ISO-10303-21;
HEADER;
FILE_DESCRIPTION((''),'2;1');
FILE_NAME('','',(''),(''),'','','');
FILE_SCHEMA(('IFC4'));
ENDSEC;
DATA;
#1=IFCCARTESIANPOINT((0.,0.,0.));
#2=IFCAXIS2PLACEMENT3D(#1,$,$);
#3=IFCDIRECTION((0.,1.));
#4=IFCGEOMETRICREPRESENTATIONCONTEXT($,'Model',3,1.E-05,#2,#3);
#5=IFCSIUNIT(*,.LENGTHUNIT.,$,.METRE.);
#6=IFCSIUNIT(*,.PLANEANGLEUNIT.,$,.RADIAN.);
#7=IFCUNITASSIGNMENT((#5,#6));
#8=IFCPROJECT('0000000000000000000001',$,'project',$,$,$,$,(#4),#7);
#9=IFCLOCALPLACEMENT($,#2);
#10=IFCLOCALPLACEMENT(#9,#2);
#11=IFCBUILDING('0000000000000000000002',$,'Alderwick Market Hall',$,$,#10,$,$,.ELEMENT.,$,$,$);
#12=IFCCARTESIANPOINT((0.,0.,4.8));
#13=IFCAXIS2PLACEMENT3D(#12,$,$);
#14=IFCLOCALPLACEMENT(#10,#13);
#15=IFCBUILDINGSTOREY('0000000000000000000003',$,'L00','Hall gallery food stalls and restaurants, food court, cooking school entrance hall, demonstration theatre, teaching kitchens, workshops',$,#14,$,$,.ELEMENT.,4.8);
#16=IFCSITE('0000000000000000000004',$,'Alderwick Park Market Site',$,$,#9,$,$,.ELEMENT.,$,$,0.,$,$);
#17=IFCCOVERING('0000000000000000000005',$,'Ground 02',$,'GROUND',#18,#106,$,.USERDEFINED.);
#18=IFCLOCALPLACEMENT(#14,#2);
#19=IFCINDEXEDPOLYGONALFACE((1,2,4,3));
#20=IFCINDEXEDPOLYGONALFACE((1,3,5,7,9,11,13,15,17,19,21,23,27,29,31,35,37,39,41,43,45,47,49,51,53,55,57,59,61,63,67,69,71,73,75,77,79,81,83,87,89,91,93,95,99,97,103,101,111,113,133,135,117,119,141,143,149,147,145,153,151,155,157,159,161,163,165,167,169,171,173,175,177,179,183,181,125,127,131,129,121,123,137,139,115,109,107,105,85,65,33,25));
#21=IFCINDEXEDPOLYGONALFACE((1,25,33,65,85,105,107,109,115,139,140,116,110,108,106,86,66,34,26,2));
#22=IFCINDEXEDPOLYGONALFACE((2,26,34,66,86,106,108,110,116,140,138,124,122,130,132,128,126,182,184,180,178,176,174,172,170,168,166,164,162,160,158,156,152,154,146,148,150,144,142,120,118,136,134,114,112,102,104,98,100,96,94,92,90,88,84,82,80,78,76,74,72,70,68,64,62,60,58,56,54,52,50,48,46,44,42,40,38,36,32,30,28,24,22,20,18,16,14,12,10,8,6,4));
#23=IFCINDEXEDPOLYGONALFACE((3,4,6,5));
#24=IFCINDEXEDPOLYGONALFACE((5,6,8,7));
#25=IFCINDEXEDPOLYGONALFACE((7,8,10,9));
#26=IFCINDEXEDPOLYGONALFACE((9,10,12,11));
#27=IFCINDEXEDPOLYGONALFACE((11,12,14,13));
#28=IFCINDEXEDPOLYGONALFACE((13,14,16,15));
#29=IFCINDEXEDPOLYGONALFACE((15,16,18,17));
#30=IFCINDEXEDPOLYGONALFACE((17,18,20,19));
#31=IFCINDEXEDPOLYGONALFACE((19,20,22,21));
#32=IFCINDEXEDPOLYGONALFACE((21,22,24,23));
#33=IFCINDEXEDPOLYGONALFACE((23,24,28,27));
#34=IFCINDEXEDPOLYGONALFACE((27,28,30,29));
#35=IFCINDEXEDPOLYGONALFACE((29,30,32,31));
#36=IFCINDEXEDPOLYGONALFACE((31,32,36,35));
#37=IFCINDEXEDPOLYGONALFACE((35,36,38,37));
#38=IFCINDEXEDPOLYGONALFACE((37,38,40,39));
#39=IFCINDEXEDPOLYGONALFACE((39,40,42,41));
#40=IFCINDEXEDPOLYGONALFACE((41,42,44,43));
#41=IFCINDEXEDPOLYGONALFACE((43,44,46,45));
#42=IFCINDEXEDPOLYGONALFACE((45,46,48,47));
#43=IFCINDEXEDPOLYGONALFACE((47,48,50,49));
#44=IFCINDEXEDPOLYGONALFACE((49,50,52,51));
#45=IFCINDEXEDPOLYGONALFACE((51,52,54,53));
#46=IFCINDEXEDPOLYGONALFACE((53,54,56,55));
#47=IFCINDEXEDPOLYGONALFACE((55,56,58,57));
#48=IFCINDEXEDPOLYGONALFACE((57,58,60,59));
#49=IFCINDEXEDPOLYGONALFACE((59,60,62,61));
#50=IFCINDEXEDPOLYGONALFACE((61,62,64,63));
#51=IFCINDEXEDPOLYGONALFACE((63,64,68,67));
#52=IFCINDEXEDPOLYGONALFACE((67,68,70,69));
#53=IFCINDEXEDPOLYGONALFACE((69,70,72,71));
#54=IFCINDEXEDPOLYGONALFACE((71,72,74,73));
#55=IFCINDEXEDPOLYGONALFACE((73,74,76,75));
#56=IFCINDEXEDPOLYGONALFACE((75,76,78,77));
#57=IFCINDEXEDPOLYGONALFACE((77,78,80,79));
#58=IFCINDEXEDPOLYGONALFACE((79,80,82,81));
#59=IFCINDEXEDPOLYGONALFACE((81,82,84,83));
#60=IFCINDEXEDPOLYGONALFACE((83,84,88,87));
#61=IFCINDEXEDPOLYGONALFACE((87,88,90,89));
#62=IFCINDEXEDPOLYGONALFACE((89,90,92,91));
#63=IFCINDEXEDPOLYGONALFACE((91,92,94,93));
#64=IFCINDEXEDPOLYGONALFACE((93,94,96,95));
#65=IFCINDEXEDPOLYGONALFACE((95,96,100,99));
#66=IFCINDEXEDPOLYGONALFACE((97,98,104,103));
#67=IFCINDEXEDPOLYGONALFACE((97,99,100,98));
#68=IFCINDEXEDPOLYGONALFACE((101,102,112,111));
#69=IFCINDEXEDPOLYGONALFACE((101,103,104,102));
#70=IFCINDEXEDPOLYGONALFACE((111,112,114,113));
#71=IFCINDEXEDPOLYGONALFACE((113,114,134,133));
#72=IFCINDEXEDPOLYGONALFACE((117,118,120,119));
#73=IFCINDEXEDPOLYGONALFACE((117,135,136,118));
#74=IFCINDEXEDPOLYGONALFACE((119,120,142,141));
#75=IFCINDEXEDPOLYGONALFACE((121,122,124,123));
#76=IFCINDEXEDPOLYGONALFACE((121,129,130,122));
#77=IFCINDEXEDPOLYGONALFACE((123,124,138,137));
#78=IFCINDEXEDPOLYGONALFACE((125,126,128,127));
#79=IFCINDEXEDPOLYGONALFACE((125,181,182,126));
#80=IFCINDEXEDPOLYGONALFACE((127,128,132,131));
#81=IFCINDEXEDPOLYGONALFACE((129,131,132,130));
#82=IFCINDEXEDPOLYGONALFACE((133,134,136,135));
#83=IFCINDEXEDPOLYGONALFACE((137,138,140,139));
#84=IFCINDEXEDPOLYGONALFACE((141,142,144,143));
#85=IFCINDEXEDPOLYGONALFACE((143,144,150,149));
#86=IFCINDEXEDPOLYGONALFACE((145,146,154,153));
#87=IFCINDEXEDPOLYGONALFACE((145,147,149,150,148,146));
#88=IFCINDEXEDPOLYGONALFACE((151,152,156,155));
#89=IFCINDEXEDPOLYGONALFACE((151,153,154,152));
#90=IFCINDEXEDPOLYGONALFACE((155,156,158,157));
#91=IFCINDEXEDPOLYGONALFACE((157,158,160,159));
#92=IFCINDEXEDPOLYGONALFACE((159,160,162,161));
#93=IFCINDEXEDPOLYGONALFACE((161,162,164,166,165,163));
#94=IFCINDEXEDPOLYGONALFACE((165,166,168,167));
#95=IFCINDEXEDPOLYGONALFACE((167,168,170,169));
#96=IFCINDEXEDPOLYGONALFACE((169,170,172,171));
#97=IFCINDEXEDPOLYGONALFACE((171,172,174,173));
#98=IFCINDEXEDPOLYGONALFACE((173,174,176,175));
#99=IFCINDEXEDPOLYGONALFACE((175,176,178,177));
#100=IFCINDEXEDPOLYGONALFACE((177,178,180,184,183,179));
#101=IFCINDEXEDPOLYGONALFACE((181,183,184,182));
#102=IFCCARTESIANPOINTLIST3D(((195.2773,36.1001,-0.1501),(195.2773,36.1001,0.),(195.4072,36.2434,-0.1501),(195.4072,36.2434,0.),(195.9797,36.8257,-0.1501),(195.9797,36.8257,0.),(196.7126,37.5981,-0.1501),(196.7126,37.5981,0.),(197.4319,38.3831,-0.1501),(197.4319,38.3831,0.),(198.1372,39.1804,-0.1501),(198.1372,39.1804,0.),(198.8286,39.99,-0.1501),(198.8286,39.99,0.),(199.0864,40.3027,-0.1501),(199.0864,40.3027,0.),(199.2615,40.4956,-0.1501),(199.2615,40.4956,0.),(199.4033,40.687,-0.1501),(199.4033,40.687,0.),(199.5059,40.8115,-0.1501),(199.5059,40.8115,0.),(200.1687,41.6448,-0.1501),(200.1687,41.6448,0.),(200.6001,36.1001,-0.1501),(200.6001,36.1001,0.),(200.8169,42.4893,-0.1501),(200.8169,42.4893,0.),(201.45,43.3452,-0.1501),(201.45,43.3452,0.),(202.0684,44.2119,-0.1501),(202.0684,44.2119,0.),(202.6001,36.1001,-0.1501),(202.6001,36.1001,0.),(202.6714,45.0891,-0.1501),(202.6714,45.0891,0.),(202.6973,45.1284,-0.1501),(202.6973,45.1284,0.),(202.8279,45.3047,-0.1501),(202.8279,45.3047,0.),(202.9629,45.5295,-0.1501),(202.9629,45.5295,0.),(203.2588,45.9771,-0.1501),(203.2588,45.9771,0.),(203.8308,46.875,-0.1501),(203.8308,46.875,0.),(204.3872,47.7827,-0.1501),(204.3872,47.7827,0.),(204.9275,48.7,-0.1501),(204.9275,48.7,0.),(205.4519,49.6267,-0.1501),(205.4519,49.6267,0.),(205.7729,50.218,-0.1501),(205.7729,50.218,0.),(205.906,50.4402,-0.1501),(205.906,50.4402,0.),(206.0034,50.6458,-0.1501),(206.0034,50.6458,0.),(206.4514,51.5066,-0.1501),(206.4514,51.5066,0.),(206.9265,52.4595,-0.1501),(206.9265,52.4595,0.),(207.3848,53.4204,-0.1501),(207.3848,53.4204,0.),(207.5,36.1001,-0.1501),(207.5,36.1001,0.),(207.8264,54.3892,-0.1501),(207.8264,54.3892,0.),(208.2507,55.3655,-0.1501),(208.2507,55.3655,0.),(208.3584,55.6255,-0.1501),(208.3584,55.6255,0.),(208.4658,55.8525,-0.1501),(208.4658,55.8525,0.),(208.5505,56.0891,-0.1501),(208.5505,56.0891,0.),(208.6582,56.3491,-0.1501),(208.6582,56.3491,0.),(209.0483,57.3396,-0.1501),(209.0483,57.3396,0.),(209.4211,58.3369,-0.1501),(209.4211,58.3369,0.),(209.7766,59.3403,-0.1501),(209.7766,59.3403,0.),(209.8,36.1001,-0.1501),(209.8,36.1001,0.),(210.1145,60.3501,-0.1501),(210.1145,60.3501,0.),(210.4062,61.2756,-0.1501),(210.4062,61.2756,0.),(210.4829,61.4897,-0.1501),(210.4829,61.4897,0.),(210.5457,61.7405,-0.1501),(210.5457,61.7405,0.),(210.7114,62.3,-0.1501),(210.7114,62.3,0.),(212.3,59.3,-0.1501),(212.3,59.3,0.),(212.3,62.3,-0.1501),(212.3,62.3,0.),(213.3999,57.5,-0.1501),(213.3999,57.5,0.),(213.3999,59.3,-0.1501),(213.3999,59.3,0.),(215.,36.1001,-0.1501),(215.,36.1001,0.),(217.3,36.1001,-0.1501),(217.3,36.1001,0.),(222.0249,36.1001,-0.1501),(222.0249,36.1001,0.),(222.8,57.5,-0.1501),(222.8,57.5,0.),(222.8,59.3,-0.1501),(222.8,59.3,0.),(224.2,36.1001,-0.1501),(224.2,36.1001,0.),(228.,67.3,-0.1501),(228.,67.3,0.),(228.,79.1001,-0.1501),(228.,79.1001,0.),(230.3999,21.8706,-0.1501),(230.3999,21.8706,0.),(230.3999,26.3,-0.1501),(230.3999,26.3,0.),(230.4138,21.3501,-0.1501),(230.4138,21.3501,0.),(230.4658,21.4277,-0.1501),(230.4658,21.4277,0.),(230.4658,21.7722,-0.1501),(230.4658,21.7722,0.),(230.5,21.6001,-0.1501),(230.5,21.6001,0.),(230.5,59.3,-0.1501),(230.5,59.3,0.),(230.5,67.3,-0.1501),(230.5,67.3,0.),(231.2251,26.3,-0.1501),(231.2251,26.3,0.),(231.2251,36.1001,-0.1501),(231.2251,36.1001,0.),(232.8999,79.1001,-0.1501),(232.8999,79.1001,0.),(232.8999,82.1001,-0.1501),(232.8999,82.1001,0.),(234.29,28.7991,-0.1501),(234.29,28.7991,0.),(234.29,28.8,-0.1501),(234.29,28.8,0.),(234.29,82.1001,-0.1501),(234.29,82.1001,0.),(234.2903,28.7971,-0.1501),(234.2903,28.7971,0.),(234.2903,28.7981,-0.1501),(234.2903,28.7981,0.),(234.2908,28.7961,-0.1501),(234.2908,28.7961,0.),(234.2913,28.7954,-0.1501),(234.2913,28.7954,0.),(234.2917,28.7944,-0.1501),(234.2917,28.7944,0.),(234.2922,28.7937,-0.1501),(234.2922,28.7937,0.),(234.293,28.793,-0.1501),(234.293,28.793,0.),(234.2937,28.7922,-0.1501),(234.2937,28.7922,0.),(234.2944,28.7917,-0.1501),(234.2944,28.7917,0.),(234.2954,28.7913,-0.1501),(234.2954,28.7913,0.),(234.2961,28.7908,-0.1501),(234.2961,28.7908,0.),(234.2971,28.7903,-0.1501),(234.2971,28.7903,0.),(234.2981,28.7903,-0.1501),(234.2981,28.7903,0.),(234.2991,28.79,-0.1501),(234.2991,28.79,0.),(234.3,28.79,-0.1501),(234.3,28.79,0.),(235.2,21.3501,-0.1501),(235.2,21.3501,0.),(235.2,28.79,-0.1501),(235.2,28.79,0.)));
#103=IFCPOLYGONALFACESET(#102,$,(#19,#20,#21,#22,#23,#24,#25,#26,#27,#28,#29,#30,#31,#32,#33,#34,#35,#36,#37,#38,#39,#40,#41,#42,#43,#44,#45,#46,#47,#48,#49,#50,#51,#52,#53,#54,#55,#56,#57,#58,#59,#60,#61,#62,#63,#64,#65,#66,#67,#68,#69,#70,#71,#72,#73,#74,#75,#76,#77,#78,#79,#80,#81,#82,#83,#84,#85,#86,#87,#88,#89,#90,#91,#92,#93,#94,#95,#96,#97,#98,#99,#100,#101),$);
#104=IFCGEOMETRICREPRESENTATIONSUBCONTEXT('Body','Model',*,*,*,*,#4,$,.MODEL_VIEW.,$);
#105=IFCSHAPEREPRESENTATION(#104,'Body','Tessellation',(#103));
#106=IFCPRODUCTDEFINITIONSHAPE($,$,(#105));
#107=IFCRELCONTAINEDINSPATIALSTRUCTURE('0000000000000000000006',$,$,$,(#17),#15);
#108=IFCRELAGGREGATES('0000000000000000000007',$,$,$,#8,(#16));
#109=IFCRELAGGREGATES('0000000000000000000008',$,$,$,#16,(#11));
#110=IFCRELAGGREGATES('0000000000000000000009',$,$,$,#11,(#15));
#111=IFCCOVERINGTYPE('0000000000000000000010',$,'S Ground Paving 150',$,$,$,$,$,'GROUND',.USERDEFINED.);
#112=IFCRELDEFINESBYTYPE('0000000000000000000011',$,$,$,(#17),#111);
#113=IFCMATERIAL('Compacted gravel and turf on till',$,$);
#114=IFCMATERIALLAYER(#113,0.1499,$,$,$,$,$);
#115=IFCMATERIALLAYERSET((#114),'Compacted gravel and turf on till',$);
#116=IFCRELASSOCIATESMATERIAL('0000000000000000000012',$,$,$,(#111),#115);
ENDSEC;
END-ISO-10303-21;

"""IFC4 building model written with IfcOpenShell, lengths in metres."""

from ifc_helpers import new_model, si_unit, direction, frame, origin, place, context, subcontext, project, spatial, polyline, outline, extrude, material, layer, layer_set, type_object, element, save


model = new_model("IFC4")

# Units and contexts
model_context = context("Model", 3, precision=1e-05, world=origin(), true_north=direction((0.0, 1.0)))
body_context = subcontext(model_context, "Body", "Model", "MODEL_VIEW")
ifc_project = project(units=[si_unit("LENGTHUNIT", "METRE"), si_unit("PLANEANGLEUNIT", "RADIAN")], contexts=[model_context])

# Site, building, storey
site_placement = place(None, origin())
site = spatial("IfcSite", under=ifc_project, at=site_placement, Name="Alderwick Park Market Site", CompositionType="ELEMENT", RefElevation=0.0)
building_placement = place(site_placement, origin())
building = spatial("IfcBuilding", under=site, at=building_placement, Name="Alderwick Market Hall", CompositionType="ELEMENT")
storey_placement = place(building_placement, frame((0.0, 0.0, 4.8)))
storey = spatial("IfcBuildingStorey", under=building, at=storey_placement, Name="L00", Description="Hall gallery food stalls and restaurants, food court, cooking school entrance hall, demonstration theatre, teaching kitchens, workshops", CompositionType="ELEMENT", Elevation=4.8)

# Covering
ifc_material_1 = material(Name="Compacted gravel and turf on till")
ifc_layer_1 = layer(ifc_material_1, 0.1499)
ifc_layer_set_1 = layer_set([ifc_layer_1], Name="Compacted gravel and turf on till")
covering_type_1 = type_object("IfcCoveringType", Name="S Ground Paving 150", ElementType="GROUND", PredefinedType="USERDEFINED", material=ifc_layer_set_1)
covering_1_placement = place(storey_placement, frame((0.0, 0.0, -0.1501)))
element("IfcCovering", 1, at=covering_1_placement, inside=storey, type_object=covering_type_1, Name="Ground 02", ObjectType="GROUND", PredefinedType="USERDEFINED", context=body_context, shape_type="SweptSolid", body=[
    extrude(outline(polyline([(235.2, 28.79), (234.3, 28.79), (234.2991, 28.79), (234.2981, 28.7903), (234.2971, 28.7903), (234.2961, 28.7908), (234.2954, 28.7913), (234.2944, 28.7917), (234.2937, 28.7922), (234.293, 28.793), (234.2922, 28.7937), (234.2917, 28.7944), (234.2913, 28.7954), (234.2908, 28.7961), (234.2903, 28.7971), (234.2903, 28.7981), (234.29, 28.7991), (234.29, 28.8), (234.29, 82.1001), (232.8999, 82.1001), (232.8999, 79.1001), (228.0, 79.1001), (228.0, 67.3), (230.5, 67.3), (230.5, 59.3), (222.8, 59.3), (222.8, 57.5), (213.3999, 57.5), (213.3999, 59.3), (212.3, 59.3), (212.3, 62.3), (210.7114, 62.3), (210.5457, 61.7405), (210.4829, 61.4897), (210.4062, 61.2756), (210.1145, 60.3501), (209.7766, 59.3403), (209.4211, 58.3369), (209.0483, 57.3396), (208.6582, 56.3491), (208.5505, 56.0891), (208.4658, 55.8525), (208.3584, 55.6255), (208.2507, 55.3655), (207.8264, 54.3892), (207.3848, 53.4204), (206.9265, 52.4595), (206.4514, 51.5066), (206.0034, 50.6458), (205.906, 50.4402), (205.7729, 50.218), (205.4519, 49.6267), (204.9275, 48.7), (204.3872, 47.7827), (203.8308, 46.875), (203.2588, 45.9771), (202.9629, 45.5295), (202.8279, 45.3047), (202.6973, 45.1284), (202.6714, 45.0891), (202.0684, 44.2119), (201.45, 43.3452), (200.8169, 42.4893), (200.1687, 41.6448), (199.5059, 40.8115), (199.4033, 40.687), (199.2615, 40.4956), (199.0864, 40.3027), (198.8286, 39.99), (198.1372, 39.1804), (197.4319, 38.3831), (196.7126, 37.5981), (195.9797, 36.8257), (195.4072, 36.2434), (195.2773, 36.1001), (200.6001, 36.1001), (202.6001, 36.1001), (207.5, 36.1001), (209.8, 36.1001), (215.0, 36.1001), (217.3, 36.1001), (222.0249, 36.1001), (224.2, 36.1001), (231.2251, 36.1001), (231.2251, 26.3), (230.3999, 26.3), (230.3999, 21.8706), (230.4658, 21.7722), (230.5, 21.6001), (230.4658, 21.4277), (230.4138, 21.3501), (235.2, 21.3501), (235.2, 28.79)])), origin(), (0.0, 0.0, 1.0), 0.1501),
])

save(model, "model.ifc")
